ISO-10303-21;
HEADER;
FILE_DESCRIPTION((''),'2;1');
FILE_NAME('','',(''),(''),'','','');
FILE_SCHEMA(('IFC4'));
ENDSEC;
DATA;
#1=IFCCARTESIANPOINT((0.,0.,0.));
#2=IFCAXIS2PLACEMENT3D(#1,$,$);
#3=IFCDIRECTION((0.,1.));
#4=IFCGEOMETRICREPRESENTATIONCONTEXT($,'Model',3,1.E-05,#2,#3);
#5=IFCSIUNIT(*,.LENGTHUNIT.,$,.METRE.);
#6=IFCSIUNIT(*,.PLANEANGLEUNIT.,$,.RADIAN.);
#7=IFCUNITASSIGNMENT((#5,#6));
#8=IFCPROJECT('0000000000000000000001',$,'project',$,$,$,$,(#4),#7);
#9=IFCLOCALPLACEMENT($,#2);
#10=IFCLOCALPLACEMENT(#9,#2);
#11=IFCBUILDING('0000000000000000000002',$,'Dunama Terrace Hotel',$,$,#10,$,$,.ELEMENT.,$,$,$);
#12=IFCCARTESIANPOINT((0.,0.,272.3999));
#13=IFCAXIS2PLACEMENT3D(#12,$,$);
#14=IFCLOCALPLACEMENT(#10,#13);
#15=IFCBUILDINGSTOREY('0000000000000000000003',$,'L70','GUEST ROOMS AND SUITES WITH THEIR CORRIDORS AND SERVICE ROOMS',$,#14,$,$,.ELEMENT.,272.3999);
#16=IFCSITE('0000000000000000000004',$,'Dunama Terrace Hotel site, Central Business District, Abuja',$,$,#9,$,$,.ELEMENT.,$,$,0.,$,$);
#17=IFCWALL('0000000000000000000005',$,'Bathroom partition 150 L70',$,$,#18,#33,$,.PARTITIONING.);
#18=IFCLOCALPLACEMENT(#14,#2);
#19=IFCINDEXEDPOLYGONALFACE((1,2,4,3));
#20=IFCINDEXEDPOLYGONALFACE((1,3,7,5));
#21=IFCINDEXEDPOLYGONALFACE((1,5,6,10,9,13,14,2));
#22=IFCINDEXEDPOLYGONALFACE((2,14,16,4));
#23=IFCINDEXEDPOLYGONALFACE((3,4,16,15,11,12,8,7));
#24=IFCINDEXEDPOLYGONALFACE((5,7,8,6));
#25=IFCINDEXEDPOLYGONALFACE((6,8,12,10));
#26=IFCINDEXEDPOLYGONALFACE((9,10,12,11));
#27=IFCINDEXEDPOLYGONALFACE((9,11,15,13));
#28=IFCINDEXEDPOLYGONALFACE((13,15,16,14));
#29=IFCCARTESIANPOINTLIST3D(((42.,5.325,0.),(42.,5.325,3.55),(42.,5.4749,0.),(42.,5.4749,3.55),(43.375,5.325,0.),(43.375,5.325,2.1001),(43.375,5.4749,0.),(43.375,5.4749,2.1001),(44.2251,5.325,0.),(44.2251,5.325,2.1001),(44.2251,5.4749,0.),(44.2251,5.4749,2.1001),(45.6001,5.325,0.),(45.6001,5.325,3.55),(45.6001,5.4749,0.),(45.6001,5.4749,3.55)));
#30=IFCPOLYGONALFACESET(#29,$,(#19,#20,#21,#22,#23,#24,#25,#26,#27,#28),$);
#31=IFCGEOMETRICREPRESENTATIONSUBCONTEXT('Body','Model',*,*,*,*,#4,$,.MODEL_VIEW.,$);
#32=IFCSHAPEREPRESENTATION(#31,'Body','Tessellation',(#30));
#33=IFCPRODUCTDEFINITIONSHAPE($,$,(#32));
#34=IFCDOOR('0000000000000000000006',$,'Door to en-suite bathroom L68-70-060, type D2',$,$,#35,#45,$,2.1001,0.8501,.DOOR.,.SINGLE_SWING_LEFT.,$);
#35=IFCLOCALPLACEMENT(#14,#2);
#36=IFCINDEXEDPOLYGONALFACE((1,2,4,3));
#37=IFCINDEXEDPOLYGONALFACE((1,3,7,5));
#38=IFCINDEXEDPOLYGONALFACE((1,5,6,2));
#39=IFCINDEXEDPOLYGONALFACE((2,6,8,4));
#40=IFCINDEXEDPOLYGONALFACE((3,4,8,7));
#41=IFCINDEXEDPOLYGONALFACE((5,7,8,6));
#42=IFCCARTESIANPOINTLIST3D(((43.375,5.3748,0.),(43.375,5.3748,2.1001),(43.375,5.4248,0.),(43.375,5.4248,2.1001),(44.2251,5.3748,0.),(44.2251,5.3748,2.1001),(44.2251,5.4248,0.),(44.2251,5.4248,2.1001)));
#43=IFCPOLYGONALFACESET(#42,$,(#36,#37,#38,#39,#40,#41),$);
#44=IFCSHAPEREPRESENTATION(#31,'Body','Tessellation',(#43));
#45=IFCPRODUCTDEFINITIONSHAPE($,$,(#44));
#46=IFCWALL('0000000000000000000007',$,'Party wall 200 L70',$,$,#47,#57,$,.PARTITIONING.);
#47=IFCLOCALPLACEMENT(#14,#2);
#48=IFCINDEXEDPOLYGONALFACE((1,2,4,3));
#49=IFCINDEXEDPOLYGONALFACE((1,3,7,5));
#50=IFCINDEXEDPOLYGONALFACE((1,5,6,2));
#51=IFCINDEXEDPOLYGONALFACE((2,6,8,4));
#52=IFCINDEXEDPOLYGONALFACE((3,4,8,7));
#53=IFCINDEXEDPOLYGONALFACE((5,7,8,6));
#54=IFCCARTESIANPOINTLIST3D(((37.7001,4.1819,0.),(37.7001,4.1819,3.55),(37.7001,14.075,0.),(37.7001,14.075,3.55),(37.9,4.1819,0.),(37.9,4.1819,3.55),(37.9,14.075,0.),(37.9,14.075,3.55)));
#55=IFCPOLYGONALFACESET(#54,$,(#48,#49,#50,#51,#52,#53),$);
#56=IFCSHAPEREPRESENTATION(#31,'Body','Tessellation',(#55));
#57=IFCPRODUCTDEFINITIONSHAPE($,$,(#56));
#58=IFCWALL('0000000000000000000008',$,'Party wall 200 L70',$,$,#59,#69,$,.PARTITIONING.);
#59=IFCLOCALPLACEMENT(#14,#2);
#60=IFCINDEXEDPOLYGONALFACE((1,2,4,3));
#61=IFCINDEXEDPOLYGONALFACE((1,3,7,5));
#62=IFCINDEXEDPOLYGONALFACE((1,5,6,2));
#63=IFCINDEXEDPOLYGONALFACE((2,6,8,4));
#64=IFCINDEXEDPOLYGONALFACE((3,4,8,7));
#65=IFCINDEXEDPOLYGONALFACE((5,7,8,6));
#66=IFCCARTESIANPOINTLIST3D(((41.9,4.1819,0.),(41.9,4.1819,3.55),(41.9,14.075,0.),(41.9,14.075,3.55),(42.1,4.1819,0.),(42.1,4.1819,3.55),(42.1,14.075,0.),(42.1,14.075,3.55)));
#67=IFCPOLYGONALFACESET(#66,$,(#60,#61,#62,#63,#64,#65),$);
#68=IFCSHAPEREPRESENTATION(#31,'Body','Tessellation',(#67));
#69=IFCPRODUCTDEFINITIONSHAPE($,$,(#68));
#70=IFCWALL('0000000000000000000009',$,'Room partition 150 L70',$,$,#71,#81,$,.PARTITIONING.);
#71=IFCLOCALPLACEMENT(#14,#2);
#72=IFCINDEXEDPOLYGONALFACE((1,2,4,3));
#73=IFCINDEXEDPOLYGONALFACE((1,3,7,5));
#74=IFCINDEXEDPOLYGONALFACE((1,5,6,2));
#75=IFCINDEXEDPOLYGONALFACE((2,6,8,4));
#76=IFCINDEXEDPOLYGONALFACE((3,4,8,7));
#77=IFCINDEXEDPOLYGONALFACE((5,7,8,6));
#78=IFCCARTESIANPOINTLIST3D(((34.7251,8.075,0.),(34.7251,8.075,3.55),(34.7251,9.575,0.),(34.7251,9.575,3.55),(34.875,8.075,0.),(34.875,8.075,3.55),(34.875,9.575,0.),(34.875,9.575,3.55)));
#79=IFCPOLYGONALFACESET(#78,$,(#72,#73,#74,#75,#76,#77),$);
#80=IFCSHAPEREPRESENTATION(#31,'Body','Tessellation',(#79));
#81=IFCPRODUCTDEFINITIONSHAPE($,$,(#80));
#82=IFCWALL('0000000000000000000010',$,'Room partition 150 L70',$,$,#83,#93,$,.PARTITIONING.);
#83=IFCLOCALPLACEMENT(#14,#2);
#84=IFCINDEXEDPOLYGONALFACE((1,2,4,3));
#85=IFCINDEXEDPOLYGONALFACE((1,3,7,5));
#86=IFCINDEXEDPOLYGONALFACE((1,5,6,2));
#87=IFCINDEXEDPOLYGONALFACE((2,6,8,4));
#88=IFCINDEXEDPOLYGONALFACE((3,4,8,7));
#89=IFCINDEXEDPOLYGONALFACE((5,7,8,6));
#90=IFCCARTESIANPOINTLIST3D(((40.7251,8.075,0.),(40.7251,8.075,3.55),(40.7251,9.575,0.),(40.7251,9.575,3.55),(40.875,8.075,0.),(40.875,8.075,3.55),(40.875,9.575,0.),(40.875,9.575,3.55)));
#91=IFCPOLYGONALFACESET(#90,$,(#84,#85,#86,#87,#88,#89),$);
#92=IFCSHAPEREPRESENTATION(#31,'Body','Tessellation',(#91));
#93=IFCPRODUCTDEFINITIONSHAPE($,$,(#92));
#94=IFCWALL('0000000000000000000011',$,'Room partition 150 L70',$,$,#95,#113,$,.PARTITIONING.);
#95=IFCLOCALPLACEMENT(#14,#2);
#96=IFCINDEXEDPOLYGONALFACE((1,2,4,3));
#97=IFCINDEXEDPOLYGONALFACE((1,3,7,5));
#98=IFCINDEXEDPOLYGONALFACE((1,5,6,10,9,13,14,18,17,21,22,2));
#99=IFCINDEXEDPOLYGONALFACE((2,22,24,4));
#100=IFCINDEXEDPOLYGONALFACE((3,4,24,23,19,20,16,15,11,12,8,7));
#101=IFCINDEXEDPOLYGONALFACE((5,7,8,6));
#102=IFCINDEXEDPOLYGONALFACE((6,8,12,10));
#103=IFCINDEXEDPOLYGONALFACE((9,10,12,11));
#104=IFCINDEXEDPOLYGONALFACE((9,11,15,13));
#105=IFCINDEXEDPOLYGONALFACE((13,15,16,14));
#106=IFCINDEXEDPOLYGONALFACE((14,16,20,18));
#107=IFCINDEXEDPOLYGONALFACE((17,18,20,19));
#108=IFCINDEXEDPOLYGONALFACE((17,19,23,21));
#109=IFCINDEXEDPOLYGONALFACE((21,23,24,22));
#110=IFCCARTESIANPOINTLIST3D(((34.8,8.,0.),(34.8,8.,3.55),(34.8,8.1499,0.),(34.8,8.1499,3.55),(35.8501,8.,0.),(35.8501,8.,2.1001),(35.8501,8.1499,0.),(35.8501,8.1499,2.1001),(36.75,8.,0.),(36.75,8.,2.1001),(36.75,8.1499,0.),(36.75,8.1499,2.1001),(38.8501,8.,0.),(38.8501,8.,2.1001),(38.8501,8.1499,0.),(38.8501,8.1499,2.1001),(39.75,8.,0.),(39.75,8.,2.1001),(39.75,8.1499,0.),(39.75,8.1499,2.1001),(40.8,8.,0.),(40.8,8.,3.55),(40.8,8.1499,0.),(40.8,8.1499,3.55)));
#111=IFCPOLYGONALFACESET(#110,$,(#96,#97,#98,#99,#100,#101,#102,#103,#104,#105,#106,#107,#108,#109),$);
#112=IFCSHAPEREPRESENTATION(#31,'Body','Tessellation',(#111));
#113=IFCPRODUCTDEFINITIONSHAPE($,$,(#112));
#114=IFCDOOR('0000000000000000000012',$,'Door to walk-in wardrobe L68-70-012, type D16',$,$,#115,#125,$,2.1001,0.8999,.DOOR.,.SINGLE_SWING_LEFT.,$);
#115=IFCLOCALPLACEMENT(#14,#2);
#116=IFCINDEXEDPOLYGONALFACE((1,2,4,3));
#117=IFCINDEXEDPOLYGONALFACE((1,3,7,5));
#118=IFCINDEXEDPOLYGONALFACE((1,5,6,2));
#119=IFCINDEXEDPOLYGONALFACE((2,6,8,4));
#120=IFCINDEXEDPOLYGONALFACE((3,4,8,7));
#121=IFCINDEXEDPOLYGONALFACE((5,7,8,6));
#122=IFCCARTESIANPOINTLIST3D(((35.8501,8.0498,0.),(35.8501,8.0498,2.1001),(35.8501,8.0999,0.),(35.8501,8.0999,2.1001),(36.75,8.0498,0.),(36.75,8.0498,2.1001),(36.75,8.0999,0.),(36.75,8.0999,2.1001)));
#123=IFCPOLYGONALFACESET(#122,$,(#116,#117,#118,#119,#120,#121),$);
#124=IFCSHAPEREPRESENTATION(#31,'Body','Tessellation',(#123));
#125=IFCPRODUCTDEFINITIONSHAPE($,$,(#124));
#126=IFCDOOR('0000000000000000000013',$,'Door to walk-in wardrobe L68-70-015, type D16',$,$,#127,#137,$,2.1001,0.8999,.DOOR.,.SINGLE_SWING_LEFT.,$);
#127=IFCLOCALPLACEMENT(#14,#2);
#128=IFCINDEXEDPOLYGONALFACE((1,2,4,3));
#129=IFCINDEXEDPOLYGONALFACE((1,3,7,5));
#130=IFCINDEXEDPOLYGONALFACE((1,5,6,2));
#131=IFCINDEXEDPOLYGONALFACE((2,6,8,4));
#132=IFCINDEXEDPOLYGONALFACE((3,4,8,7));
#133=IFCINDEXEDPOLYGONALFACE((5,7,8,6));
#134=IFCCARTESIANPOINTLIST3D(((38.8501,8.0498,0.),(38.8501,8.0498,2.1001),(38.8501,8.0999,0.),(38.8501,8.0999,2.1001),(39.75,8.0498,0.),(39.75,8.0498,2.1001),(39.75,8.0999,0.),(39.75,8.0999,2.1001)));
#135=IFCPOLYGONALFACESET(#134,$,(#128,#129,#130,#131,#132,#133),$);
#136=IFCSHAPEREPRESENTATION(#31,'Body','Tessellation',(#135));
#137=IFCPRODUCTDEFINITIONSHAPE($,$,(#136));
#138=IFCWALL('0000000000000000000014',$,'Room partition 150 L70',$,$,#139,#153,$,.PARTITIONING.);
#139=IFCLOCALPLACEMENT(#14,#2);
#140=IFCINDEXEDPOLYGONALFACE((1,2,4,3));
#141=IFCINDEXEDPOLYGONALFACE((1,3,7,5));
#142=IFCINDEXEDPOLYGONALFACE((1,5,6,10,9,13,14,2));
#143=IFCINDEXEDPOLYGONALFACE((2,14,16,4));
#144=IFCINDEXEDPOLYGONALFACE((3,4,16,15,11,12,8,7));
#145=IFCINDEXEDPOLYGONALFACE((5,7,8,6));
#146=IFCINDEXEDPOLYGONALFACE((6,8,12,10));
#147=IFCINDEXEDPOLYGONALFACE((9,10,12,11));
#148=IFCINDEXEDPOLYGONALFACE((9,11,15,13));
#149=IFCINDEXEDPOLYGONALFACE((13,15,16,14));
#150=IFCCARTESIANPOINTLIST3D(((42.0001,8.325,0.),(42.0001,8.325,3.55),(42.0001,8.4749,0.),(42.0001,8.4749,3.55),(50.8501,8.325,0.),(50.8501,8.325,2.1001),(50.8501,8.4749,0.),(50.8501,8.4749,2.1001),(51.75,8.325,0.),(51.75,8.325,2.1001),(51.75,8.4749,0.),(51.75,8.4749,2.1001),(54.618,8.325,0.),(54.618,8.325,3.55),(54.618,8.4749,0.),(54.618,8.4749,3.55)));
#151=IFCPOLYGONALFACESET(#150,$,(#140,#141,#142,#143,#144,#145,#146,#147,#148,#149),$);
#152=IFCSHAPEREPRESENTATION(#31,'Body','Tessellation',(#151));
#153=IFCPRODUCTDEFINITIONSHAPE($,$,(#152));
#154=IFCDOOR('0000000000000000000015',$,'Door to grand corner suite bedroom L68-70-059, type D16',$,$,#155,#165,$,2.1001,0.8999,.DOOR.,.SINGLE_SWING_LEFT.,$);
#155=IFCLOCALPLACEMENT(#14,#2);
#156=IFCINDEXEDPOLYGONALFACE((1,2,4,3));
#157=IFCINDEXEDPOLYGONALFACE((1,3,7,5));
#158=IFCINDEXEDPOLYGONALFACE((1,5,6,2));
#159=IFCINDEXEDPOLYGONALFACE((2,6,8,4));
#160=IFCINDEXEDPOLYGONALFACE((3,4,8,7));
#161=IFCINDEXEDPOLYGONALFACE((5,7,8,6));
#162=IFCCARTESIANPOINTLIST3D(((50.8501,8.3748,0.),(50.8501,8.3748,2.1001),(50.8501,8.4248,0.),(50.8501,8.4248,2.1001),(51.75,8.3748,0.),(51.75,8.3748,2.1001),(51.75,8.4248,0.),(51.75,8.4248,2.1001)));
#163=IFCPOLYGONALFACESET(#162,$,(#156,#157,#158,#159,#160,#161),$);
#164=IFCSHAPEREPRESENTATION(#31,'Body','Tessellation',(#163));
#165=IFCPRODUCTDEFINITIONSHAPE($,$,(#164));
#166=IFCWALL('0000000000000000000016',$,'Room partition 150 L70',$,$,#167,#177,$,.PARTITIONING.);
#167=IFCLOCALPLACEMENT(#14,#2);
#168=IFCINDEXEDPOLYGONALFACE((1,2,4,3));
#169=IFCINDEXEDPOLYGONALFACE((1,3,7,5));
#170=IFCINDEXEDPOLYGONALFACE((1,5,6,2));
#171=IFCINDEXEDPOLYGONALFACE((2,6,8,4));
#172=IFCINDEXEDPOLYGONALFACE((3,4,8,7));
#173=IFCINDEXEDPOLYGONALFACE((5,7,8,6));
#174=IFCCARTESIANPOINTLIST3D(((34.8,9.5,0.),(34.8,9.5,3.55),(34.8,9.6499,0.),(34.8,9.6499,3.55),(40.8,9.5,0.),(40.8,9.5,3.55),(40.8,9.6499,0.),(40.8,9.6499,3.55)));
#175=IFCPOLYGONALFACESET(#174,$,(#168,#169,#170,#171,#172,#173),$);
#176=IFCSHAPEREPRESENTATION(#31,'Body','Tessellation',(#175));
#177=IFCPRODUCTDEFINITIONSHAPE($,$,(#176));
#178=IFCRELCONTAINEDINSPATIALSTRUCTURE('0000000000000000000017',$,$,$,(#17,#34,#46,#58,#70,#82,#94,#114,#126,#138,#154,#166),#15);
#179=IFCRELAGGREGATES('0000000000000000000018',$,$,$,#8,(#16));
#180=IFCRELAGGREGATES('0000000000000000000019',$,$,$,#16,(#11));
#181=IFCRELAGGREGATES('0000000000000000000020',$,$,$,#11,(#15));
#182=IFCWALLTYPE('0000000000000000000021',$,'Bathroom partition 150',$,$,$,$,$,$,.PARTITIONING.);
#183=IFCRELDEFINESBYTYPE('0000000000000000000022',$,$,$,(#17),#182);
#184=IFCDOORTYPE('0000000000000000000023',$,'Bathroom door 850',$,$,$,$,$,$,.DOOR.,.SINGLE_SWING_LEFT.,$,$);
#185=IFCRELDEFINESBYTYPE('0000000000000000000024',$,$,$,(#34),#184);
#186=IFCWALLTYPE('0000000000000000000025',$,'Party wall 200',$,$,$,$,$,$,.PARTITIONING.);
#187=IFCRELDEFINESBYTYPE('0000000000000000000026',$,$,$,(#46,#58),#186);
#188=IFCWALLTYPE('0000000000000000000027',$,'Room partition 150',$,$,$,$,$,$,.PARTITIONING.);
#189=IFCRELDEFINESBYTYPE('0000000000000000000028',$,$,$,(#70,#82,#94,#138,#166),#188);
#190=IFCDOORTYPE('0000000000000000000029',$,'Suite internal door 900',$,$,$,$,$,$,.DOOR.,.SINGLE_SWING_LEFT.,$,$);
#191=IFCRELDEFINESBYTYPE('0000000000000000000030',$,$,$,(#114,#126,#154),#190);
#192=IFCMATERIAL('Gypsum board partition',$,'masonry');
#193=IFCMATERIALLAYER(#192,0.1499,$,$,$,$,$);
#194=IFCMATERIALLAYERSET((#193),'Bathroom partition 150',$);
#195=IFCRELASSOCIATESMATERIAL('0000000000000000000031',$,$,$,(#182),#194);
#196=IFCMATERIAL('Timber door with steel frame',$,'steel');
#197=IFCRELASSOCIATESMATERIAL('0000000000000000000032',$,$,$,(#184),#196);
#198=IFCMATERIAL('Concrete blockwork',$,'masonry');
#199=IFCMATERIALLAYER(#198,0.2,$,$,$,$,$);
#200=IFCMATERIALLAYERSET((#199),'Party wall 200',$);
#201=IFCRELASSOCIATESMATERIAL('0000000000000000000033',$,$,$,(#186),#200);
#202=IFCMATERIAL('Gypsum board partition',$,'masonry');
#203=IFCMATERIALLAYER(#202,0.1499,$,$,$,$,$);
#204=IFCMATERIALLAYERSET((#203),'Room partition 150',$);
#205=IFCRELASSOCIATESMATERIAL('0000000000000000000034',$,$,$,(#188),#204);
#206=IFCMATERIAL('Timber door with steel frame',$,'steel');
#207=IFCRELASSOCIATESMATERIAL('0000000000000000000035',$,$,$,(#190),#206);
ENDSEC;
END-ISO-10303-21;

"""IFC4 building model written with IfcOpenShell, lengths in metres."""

from ifc_helpers import new_model, si_unit, direction, frame, frame_2d, origin, place, context, subcontext, project, spatial, rectangle, extrude, material, layer, layer_set, type_object, element, fill, save


model = new_model("IFC4")

# Units and contexts
model_context = context("Model", 3, precision=1e-05, world=origin(), true_north=direction((0.0, 1.0)))
body_context = subcontext(model_context, "Body", "Model", "MODEL_VIEW")
ifc_project = project(units=[si_unit("LENGTHUNIT", "METRE"), si_unit("PLANEANGLEUNIT", "RADIAN")], contexts=[model_context])

# Site, building, storey
site_placement = place(None, origin())
site = spatial("IfcSite", under=ifc_project, at=site_placement, Name="Dunama Terrace Hotel site, Central Business District, Abuja", CompositionType="ELEMENT", RefElevation=0.0)
building_placement = place(site_placement, origin())
building = spatial("IfcBuilding", under=site, at=building_placement, Name="Dunama Terrace Hotel", CompositionType="ELEMENT")
storey_placement = place(building_placement, frame((0.0, 0.0, 272.3999)))
storey = spatial("IfcBuildingStorey", under=building, at=storey_placement, Name="L70", Description="GUEST ROOMS AND SUITES WITH THEIR CORRIDORS AND SERVICE ROOMS", CompositionType="ELEMENT", Elevation=272.3999)

# Shared definitions
ifc_material_1 = material(Name="Gypsum board partition", Category="masonry")
ifc_layer_1 = layer(ifc_material_1, 0.1499)
ifc_layer_set_1 = layer_set([ifc_layer_1], Name="Bathroom partition 150")
wall_type_1 = type_object("IfcWallType", Name="Bathroom partition 150", PredefinedType="PARTITIONING", material=ifc_layer_set_1)

# Wall, opening, door
wall_1_placement = place(storey_placement, frame((42.0, 5.3999, 0.0), z_axis=(0.0, 0.0, 1.0), x_axis=(1.0, 0.0, 0.0)))
wall_1 = element("IfcWall", 1, at=wall_1_placement, inside=storey, type_object=wall_type_1, Name="Bathroom partition 150 L70", PredefinedType="PARTITIONING", context=body_context, shape_type="SweptSolid", body=[
    extrude(rectangle(XDim=3.6001, YDim=0.1499, at=frame_2d((1.8, 0.0))), origin(), (0.0, 0.0, 1.0), 3.55),
])
opening_1_placement = place(wall_1_placement, frame((1.375, 0.0, 0.0)))
opening_1 = element("IfcOpeningElement", 2, at=opening_1_placement, cuts=wall_1, PredefinedType="OPENING", context=body_context, shape_type="SweptSolid", body=[
    extrude(rectangle(XDim=0.8501, YDim=2.1001, at=frame_2d((0.425, 1.05))), frame((0.0, 0.085, 0.0), z_axis=(0.0, -1.0, 0.0), x_axis=(1.0, 0.0, 0.0)), (0.0, 0.0, 1.0), 0.1699),
])
ifc_material_2 = material(Name="Timber door with steel frame", Category="steel")
door_type_1 = type_object("IfcDoorType", Name="Bathroom door 850", OperationType="SINGLE_SWING_LEFT", PredefinedType="DOOR", material=ifc_material_2)
door_1_placement = place(opening_1_placement, origin())
door_1 = element("IfcDoor", 3, at=door_1_placement, inside=storey, type_object=door_type_1, Name="Door to en-suite bathroom L68-70-060, type D2", OperationType="SINGLE_SWING_LEFT", OverallHeight=2.1001, OverallWidth=0.8501, PredefinedType="DOOR", context=body_context, shape_type="SweptSolid", body=[
    extrude(rectangle(XDim=0.8501, YDim=2.1001, at=frame_2d((0.425, 1.05))), frame((0.0, 0.0249, 0.0), z_axis=(0.0, -1.0, 0.0), x_axis=(1.0, 0.0, 0.0)), (0.0, 0.0, 1.0), 0.05),
])
fill(opening_1, door_1)

# Walls
ifc_material_3 = material(Name="Concrete blockwork", Category="masonry")
ifc_layer_2 = layer(ifc_material_3, 0.2)
ifc_layer_set_2 = layer_set([ifc_layer_2], Name="Party wall 200")
wall_type_2 = type_object("IfcWallType", Name="Party wall 200", PredefinedType="PARTITIONING", material=ifc_layer_set_2)
for number, where, z_axis, x_axis, name in (
    (4, (37.8, 4.1819, 0.0), (0.0, 0.0, 1.0), (0.0, 1.0, 0.0), "Party wall 200 L70"),
    (5, (42.0, 4.1819, 0.0), (0.0, 0.0, 1.0), (0.0, 1.0, 0.0), "Party wall 200 L70"),
):
    element("IfcWall", number, at=place(storey_placement, frame(where, z_axis=z_axis, x_axis=x_axis)), inside=storey, type_object=wall_type_2, Name=name, PredefinedType="PARTITIONING", context=body_context, shape_type="SweptSolid", body=[
        extrude(rectangle(XDim=9.8931, YDim=0.2, at=frame_2d((4.9465, 0.0))), origin(), (0.0, 0.0, 1.0), 3.55),
    ])
ifc_material_4 = material(Name="Gypsum board partition", Category="masonry")
ifc_layer_3 = layer(ifc_material_4, 0.1499)
ifc_layer_set_3 = layer_set([ifc_layer_3], Name="Room partition 150")
wall_type_3 = type_object("IfcWallType", Name="Room partition 150", PredefinedType="PARTITIONING", material=ifc_layer_set_3)
for number, where, z_axis, x_axis, name in (
    (6, (34.8, 8.075, 0.0), (0.0, 0.0, 1.0), (0.0, 1.0, 0.0), "Room partition 150 L70"),
    (7, (40.8, 8.075, 0.0), (0.0, 0.0, 1.0), (0.0, 1.0, 0.0), "Room partition 150 L70"),
):
    element("IfcWall", number, at=place(storey_placement, frame(where, z_axis=z_axis, x_axis=x_axis)), inside=storey, type_object=wall_type_3, Name=name, PredefinedType="PARTITIONING", context=body_context, shape_type="SweptSolid", body=[
        extrude(rectangle(XDim=1.5, YDim=0.1499, at=frame_2d((0.75, 0.0))), origin(), (0.0, 0.0, 1.0), 3.55),
    ])

# Wall, openings, doors
wall_2_placement = place(storey_placement, frame((34.8, 8.075, 0.0), z_axis=(0.0, 0.0, 1.0), x_axis=(1.0, 0.0, 0.0)))
wall_2 = element("IfcWall", 8, at=wall_2_placement, inside=storey, type_object=wall_type_3, Name="Room partition 150 L70", PredefinedType="PARTITIONING", context=body_context, shape_type="SweptSolid", body=[
    extrude(rectangle(XDim=6.0, YDim=0.1499, at=frame_2d((3.0, 0.0))), origin(), (0.0, 0.0, 1.0), 3.55),
])
opening_2_placement = place(wall_2_placement, frame((1.05, 0.0, 0.0)))
opening_2 = element("IfcOpeningElement", 9, at=opening_2_placement, cuts=wall_2, PredefinedType="OPENING", context=body_context, shape_type="SweptSolid", body=[
    extrude(rectangle(XDim=0.8999, YDim=2.1001, at=frame_2d((0.45, 1.05))), frame((0.0, 0.085, 0.0), z_axis=(0.0, -1.0, 0.0), x_axis=(1.0, 0.0, 0.0)), (0.0, 0.0, 1.0), 0.1699),
])
opening_3_placement = place(wall_2_placement, frame((4.05, 0.0, 0.0)))
opening_3 = element("IfcOpeningElement", 10, at=opening_3_placement, cuts=wall_2, PredefinedType="OPENING", context=body_context, shape_type="SweptSolid", body=[
    extrude(rectangle(XDim=0.8999, YDim=2.1001, at=frame_2d((0.45, 1.05))), frame((0.0, 0.085, 0.0), z_axis=(0.0, -1.0, 0.0), x_axis=(1.0, 0.0, 0.0)), (0.0, 0.0, 1.0), 0.1699),
])
ifc_material_5 = material(Name="Timber door with steel frame", Category="steel")
door_type_2 = type_object("IfcDoorType", Name="Suite internal door 900", OperationType="SINGLE_SWING_LEFT", PredefinedType="DOOR", material=ifc_material_5)
door_2_placement = place(opening_2_placement, origin())
door_2 = element("IfcDoor", 11, at=door_2_placement, inside=storey, type_object=door_type_2, Name="Door to walk-in wardrobe L68-70-012, type D16", OperationType="SINGLE_SWING_LEFT", OverallHeight=2.1001, OverallWidth=0.8999, PredefinedType="DOOR", context=body_context, shape_type="SweptSolid", body=[
    extrude(rectangle(XDim=0.8999, YDim=2.1001, at=frame_2d((0.45, 1.05))), frame((0.0, 0.0249, 0.0), z_axis=(0.0, -1.0, 0.0), x_axis=(1.0, 0.0, 0.0)), (0.0, 0.0, 1.0), 0.05),
])
fill(opening_2, door_2)
door_3_placement = place(opening_3_placement, origin())
door_3 = element("IfcDoor", 12, at=door_3_placement, inside=storey, type_object=door_type_2, Name="Door to walk-in wardrobe L68-70-015, type D16", OperationType="SINGLE_SWING_LEFT", OverallHeight=2.1001, OverallWidth=0.8999, PredefinedType="DOOR", context=body_context, shape_type="SweptSolid", body=[
    extrude(rectangle(XDim=0.8999, YDim=2.1001, at=frame_2d((0.45, 1.05))), frame((0.0, 0.0249, 0.0), z_axis=(0.0, -1.0, 0.0), x_axis=(1.0, 0.0, 0.0)), (0.0, 0.0, 1.0), 0.05),
])
fill(opening_3, door_3)

# Wall, opening, door
wall_3_placement = place(storey_placement, frame((42.0, 8.3999, 0.0), z_axis=(0.0, 0.0, 1.0), x_axis=(1.0, 0.0, 0.0)))
wall_3 = element("IfcWall", 13, at=wall_3_placement, inside=storey, type_object=wall_type_3, Name="Room partition 150 L70", PredefinedType="PARTITIONING", context=body_context, shape_type="SweptSolid", body=[
    extrude(rectangle(XDim=12.6179, YDim=0.1499, at=frame_2d((6.3091, 0.0))), origin(), (0.0, 0.0, 1.0), 3.55),
])
opening_4_placement = place(wall_3_placement, frame((8.8501, 0.0, 0.0)))
opening_4 = element("IfcOpeningElement", 14, at=opening_4_placement, cuts=wall_3, PredefinedType="OPENING", context=body_context, shape_type="SweptSolid", body=[
    extrude(rectangle(XDim=0.8999, YDim=2.1001, at=frame_2d((0.45, 1.05))), frame((0.0, 0.085, 0.0), z_axis=(0.0, -1.0, 0.0), x_axis=(1.0, 0.0, 0.0)), (0.0, 0.0, 1.0), 0.1699),
])
door_4_placement = place(opening_4_placement, frame((0.8999, 0.0, 0.0), z_axis=(0.0, 0.0, 1.0), x_axis=(-1.0, 0.0, 0.0)))
door_4 = element("IfcDoor", 15, at=door_4_placement, inside=storey, type_object=door_type_2, Name="Door to grand corner suite bedroom L68-70-059, type D16", OperationType="SINGLE_SWING_LEFT", OverallHeight=2.1001, OverallWidth=0.8999, PredefinedType="DOOR", context=body_context, shape_type="SweptSolid", body=[
    extrude(rectangle(XDim=0.8999, YDim=2.1001, at=frame_2d((0.45, 1.05))), frame((0.0, 0.0251, 0.0), z_axis=(0.0, -1.0, 0.0), x_axis=(1.0, 0.0, 0.0)), (0.0, 0.0, 1.0), 0.05),
])
fill(opening_4, door_4)

# Wall
wall_4_placement = place(storey_placement, frame((34.8, 9.575, 0.0), z_axis=(0.0, 0.0, 1.0), x_axis=(1.0, 0.0, 0.0)))
element("IfcWall", 16, at=wall_4_placement, inside=storey, type_object=wall_type_3, Name="Room partition 150 L70", PredefinedType="PARTITIONING", context=body_context, shape_type="SweptSolid", body=[
    extrude(rectangle(XDim=6.0, YDim=0.1499, at=frame_2d((3.0, 0.0))), origin(), (0.0, 0.0, 1.0), 3.55),
])

save(model, "model.ifc")
